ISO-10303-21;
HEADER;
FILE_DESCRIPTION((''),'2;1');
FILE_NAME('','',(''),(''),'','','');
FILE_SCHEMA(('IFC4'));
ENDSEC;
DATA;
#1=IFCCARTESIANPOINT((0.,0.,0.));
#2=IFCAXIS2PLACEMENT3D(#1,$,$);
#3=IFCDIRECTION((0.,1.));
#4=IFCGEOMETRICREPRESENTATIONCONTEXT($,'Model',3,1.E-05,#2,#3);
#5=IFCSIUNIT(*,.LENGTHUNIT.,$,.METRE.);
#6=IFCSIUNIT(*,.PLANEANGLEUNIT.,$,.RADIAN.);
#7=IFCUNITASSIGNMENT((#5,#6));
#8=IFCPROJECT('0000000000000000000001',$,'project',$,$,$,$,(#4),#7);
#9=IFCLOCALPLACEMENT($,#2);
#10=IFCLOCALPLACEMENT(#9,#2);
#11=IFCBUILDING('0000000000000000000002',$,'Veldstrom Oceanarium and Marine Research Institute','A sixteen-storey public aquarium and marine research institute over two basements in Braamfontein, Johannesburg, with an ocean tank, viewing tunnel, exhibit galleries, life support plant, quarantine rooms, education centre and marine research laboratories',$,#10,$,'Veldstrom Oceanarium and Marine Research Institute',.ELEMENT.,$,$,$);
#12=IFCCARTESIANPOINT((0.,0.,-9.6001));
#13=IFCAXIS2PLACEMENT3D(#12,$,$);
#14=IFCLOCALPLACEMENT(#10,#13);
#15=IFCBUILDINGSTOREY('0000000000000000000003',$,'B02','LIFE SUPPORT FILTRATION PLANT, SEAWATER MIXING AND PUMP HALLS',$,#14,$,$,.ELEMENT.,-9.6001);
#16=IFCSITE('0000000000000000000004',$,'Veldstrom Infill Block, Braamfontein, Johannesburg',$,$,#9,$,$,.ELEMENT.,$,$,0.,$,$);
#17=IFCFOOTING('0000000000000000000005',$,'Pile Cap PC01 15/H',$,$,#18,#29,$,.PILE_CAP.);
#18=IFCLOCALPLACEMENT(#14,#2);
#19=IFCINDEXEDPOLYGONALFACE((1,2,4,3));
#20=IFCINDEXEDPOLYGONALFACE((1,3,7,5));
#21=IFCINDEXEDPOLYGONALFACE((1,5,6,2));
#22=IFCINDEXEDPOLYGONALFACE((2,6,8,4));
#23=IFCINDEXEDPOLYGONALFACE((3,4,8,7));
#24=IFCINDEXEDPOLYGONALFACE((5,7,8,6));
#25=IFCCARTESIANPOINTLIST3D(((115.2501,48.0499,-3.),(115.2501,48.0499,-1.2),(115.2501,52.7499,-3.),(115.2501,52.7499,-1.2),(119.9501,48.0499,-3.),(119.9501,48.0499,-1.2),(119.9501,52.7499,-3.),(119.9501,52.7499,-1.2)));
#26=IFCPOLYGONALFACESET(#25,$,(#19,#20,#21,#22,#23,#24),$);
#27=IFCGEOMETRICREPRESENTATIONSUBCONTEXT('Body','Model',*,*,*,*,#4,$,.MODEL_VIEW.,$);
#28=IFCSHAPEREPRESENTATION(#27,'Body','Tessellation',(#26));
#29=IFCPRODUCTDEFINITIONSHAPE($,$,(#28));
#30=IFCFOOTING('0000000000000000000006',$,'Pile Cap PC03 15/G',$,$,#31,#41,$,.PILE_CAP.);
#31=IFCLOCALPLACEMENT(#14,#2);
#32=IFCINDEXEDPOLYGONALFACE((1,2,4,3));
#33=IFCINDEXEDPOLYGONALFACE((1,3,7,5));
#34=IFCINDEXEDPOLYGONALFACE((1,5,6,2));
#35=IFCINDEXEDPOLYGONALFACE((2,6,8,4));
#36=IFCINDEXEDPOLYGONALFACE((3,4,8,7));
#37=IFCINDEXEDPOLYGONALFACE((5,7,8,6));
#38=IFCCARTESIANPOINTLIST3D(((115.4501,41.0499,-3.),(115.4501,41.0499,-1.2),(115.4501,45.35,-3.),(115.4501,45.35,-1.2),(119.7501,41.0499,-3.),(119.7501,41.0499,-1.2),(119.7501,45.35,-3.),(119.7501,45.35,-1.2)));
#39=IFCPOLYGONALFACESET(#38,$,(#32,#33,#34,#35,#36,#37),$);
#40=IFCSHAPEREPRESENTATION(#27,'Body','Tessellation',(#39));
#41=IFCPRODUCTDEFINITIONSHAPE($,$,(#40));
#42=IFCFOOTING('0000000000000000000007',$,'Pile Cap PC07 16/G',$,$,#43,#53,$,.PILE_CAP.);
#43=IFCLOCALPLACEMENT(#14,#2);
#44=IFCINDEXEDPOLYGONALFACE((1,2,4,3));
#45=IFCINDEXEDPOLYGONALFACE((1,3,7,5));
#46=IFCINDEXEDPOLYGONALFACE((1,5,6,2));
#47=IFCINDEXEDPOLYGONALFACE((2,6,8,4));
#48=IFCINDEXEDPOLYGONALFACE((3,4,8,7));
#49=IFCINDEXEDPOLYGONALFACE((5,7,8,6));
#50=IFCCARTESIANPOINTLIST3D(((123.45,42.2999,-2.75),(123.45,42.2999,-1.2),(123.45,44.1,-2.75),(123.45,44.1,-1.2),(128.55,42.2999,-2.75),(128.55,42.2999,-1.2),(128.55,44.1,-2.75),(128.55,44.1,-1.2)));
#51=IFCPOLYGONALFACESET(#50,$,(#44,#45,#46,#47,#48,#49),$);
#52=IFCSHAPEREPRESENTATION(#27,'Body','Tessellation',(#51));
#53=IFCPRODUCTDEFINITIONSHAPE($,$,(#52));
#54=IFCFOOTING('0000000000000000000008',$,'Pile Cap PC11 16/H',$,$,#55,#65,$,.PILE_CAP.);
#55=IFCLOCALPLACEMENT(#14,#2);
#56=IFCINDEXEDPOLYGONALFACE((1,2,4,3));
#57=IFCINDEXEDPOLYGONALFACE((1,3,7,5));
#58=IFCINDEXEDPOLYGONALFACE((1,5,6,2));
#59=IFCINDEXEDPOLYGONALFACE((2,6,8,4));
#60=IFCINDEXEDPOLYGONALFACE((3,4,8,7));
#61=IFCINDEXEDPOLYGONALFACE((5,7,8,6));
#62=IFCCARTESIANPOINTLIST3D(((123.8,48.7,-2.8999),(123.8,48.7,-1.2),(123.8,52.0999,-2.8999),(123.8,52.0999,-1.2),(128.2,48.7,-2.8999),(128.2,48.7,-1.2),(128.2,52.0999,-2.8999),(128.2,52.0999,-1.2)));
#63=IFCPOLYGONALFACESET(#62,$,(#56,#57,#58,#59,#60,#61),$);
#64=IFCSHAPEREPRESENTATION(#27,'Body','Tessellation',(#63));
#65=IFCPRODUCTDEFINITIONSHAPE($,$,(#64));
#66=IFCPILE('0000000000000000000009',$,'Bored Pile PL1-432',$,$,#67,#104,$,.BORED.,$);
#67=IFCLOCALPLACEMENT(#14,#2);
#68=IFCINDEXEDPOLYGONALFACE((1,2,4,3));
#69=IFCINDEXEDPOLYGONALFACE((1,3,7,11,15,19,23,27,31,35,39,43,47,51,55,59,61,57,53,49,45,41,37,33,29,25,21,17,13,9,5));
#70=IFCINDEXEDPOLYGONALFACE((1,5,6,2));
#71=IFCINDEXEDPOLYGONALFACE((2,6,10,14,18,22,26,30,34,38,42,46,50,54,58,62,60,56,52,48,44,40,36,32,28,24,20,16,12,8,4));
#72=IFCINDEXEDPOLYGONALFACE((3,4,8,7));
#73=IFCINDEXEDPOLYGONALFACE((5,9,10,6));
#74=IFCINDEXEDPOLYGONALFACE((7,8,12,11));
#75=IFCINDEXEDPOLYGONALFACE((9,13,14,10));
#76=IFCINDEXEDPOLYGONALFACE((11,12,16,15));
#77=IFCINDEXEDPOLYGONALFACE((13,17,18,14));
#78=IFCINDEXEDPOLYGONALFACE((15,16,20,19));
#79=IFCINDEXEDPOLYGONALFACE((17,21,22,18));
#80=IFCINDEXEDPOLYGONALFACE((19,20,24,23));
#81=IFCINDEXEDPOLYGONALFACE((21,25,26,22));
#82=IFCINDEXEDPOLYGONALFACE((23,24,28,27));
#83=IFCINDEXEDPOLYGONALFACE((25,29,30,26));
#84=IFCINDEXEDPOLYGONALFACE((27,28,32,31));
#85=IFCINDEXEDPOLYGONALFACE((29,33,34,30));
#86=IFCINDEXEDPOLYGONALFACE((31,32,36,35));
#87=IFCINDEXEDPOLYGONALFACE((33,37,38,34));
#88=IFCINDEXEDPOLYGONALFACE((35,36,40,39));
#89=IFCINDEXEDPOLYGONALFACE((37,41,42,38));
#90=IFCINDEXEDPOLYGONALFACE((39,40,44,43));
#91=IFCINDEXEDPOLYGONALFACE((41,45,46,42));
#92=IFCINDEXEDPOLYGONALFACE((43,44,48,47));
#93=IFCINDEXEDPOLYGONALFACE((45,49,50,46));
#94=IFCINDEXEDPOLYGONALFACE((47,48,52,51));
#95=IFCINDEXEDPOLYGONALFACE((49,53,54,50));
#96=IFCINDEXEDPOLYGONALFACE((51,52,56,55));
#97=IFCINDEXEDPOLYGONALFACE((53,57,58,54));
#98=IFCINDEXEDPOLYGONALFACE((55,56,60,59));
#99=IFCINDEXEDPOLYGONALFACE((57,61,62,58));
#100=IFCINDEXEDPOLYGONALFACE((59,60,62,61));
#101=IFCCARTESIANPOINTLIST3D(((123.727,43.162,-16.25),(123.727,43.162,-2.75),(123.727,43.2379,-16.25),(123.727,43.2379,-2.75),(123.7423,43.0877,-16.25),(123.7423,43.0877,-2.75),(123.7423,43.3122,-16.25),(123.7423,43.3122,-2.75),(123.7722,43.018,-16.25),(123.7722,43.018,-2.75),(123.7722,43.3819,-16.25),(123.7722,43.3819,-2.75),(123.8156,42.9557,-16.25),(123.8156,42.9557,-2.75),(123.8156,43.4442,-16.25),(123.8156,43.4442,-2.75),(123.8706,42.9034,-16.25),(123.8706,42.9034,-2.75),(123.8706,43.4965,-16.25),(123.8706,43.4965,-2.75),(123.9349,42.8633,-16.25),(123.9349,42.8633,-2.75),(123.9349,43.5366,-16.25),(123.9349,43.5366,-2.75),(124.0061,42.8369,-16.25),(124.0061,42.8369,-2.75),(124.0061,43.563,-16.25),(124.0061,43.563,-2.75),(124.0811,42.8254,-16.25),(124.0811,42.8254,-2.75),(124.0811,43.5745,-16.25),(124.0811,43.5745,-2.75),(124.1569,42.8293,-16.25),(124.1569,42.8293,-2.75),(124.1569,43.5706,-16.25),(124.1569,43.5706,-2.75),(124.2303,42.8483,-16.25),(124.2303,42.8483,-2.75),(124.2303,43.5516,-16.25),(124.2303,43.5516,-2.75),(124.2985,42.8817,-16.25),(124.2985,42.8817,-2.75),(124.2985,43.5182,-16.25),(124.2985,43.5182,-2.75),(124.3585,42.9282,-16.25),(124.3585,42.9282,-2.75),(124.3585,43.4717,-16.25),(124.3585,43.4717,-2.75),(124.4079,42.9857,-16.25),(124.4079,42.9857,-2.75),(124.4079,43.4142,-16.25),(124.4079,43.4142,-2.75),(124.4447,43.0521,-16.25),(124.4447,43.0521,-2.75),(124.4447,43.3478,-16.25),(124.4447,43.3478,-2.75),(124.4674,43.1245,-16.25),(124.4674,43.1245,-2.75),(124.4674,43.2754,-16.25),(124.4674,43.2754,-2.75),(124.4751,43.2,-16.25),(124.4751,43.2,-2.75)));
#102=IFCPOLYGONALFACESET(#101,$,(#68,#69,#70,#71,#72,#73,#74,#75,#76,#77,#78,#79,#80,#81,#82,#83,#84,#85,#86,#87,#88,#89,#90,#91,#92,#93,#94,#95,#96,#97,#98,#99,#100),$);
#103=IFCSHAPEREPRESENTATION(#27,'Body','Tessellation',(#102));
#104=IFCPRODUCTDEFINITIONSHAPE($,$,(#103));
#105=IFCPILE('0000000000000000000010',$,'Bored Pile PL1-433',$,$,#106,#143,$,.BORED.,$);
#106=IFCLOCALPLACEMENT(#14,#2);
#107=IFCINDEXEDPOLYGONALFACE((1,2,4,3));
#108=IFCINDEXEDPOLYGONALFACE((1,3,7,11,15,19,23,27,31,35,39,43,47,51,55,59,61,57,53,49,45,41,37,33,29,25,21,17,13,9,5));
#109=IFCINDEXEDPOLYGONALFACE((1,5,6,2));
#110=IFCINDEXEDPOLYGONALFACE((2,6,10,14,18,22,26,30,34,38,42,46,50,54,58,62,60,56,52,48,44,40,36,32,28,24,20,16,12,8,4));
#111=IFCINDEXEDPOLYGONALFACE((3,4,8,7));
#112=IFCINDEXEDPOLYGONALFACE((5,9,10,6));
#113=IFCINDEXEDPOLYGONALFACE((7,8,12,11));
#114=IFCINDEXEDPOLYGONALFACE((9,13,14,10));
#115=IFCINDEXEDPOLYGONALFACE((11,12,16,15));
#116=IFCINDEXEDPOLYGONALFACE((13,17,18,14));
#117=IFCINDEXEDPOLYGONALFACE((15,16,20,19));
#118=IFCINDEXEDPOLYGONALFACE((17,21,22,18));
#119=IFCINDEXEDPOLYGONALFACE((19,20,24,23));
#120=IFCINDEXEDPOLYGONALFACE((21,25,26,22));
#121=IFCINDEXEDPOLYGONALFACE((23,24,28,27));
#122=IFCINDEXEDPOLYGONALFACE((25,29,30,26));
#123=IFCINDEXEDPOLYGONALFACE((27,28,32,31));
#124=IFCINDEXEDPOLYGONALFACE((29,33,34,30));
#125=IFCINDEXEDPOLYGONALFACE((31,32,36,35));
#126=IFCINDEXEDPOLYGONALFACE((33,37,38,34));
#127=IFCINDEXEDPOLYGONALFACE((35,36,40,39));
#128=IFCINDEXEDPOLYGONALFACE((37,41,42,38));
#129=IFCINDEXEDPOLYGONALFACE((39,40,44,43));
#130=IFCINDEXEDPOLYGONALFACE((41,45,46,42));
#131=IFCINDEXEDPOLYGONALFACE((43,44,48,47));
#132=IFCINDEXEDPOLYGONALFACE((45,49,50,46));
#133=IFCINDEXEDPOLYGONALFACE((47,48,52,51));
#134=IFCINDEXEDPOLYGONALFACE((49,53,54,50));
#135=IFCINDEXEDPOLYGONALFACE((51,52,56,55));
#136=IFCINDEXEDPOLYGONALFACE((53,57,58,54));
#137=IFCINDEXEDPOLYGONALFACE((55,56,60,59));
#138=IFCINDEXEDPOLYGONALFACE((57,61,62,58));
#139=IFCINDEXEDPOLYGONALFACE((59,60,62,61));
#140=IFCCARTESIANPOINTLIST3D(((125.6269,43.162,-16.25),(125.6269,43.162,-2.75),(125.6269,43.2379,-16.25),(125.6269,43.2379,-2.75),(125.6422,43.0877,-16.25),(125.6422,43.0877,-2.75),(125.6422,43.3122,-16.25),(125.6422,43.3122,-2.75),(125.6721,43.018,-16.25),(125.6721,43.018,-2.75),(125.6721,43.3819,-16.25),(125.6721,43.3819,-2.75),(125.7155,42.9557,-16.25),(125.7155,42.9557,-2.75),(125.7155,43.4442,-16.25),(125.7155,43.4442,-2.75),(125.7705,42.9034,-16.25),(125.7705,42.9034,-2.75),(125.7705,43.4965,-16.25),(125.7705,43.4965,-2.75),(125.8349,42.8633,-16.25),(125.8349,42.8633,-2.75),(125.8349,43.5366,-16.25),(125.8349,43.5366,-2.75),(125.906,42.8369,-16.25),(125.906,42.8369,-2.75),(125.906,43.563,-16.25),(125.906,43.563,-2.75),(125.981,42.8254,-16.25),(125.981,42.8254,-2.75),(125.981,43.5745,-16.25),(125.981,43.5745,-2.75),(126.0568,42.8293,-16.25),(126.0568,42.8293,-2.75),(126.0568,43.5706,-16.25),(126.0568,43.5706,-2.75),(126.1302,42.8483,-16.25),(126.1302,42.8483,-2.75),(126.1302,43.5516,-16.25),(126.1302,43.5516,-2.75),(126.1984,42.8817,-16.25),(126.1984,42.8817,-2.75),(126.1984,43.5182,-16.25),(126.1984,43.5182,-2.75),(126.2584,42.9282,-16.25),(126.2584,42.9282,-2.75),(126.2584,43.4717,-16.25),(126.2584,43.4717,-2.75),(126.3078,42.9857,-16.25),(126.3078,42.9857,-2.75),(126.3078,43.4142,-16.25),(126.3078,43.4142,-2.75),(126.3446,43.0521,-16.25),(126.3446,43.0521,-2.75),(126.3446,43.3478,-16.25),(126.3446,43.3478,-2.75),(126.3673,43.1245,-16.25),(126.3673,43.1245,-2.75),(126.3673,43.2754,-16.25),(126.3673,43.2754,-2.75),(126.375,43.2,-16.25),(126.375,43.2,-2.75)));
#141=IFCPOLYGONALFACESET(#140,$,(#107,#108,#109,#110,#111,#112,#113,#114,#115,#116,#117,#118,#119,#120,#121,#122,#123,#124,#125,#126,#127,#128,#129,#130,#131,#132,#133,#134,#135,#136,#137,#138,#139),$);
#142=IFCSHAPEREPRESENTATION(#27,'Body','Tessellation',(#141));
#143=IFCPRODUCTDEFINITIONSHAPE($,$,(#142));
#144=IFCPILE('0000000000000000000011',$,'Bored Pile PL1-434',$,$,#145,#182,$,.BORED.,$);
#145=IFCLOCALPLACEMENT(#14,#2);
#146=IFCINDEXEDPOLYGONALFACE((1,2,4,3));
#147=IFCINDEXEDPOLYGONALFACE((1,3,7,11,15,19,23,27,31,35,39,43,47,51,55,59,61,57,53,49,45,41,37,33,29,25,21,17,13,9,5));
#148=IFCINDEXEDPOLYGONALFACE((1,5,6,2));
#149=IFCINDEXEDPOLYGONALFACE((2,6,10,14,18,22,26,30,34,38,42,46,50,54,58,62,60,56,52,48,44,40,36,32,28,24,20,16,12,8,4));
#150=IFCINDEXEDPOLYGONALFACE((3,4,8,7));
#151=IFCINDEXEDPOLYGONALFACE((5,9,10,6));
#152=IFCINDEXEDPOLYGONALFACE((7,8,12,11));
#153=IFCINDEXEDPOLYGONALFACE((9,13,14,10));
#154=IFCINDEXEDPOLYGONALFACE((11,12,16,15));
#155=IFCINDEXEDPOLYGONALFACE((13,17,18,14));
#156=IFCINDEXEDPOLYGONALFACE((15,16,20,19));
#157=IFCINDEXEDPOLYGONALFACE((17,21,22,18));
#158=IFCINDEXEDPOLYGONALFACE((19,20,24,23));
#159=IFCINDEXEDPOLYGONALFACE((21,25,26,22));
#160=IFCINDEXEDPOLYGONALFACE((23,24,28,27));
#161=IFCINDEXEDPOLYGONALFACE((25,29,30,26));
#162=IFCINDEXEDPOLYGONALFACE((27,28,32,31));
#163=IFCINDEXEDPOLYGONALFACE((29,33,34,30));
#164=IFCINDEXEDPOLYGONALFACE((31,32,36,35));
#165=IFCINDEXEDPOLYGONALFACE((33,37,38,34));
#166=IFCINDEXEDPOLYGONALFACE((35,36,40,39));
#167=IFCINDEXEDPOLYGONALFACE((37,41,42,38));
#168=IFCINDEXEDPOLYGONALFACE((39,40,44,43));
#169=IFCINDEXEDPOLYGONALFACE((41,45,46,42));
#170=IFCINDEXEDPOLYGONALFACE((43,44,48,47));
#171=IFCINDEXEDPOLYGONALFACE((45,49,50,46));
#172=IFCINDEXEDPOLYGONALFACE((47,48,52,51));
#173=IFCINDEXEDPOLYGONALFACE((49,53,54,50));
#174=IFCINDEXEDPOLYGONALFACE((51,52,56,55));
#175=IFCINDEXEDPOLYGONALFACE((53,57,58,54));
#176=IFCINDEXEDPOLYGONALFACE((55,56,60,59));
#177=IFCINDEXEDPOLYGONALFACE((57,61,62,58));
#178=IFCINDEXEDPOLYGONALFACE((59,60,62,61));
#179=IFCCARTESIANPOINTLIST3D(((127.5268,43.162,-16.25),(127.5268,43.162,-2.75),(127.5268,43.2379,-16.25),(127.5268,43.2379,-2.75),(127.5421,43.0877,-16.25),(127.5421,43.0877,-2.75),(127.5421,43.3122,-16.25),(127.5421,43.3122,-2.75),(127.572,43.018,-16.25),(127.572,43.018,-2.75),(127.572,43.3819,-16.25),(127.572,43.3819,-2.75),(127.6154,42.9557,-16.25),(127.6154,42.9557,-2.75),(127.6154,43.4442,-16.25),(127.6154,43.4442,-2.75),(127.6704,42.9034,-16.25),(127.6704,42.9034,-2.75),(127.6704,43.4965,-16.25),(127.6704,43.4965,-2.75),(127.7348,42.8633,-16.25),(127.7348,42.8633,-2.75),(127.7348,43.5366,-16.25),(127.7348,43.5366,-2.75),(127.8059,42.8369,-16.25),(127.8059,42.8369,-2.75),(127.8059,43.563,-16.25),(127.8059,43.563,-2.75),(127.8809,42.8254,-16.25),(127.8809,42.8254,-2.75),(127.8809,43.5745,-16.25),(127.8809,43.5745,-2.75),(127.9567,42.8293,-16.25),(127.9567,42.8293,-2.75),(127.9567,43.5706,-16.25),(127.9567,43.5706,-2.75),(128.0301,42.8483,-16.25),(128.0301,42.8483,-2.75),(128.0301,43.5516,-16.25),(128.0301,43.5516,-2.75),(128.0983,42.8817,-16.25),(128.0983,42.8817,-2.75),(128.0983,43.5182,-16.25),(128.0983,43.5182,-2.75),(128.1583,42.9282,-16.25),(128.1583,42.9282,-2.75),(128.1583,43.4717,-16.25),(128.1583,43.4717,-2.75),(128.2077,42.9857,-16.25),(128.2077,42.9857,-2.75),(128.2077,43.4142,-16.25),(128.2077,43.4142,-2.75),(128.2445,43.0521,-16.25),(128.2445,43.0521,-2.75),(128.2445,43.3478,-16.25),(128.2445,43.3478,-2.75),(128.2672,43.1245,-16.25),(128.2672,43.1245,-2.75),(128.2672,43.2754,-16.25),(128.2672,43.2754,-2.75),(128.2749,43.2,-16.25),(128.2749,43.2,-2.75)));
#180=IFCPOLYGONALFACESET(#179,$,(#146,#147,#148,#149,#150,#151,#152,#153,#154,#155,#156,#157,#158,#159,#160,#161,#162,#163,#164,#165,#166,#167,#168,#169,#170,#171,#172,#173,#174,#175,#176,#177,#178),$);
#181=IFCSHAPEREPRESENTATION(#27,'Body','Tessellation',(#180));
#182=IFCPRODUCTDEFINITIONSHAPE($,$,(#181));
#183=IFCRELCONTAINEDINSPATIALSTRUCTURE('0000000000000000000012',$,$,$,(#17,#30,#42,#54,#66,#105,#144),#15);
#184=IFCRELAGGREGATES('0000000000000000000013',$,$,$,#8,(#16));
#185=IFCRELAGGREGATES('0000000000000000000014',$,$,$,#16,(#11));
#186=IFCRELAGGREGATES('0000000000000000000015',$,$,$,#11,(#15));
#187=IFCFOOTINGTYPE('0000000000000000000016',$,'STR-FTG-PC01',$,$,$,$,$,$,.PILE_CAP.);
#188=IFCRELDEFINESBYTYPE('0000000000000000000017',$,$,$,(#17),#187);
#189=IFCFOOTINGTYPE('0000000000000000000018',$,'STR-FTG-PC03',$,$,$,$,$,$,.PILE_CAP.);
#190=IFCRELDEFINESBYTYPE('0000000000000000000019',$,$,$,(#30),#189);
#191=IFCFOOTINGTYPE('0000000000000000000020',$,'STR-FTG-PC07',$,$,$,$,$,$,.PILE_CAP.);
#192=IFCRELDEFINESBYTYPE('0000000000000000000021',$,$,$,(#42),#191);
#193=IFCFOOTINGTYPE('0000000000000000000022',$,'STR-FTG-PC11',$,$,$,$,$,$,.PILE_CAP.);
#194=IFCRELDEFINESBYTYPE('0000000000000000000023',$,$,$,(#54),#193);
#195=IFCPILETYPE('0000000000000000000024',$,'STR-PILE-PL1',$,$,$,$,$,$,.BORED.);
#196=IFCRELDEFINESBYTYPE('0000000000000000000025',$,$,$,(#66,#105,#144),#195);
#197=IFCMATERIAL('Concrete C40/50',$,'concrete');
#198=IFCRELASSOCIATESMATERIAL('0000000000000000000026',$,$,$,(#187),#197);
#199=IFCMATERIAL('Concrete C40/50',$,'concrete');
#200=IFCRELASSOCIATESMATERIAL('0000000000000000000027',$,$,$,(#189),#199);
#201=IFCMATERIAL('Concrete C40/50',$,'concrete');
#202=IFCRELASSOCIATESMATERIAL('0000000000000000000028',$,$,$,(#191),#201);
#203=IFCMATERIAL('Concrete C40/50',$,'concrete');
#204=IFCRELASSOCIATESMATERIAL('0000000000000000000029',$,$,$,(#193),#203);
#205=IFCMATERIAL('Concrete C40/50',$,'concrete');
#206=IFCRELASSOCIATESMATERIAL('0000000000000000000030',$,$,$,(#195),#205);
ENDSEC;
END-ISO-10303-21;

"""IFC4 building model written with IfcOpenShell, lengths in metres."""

from ifc_helpers import new_model, si_unit, direction, frame, origin, origin_2d, place, context, subcontext, project, spatial, rectangle, circle, extrude, material, material_profile, profile_set, type_object, element, save


model = new_model("IFC4")

# Units and contexts
model_context = context("Model", 3, precision=1e-05, world=origin(), true_north=direction((0.0, 1.0)))
body_context = subcontext(model_context, "Body", "Model", "MODEL_VIEW")
ifc_project = project(units=[si_unit("LENGTHUNIT", "METRE"), si_unit("PLANEANGLEUNIT", "RADIAN")], contexts=[model_context])

# Site, building, storey
site_placement = place(None, origin())
site = spatial("IfcSite", under=ifc_project, at=site_placement, Name="Veldstrom Infill Block, Braamfontein, Johannesburg", CompositionType="ELEMENT", RefElevation=0.0)
building_placement = place(site_placement, origin())
building = spatial("IfcBuilding", under=site, at=building_placement, Name="Veldstrom Oceanarium and Marine Research Institute", Description="A sixteen-storey public aquarium and marine research institute over two basements in Braamfontein, Johannesburg, with an ocean tank, viewing tunnel, exhibit galleries, life support plant, quarantine rooms, education centre and marine research laboratories", LongName="Veldstrom Oceanarium and Marine Research Institute", CompositionType="ELEMENT")
storey_placement = place(building_placement, frame((0.0, 0.0, -9.6001)))
storey = spatial("IfcBuildingStorey", under=building, at=storey_placement, Name="B02", Description="LIFE SUPPORT FILTRATION PLANT, SEAWATER MIXING AND PUMP HALLS", CompositionType="ELEMENT", Elevation=-9.6001)

# Footings
ifc_material_1 = material(Name="Concrete C40/50", Category="concrete")
footing_type_1 = type_object("IfcFootingType", Name="STR-FTG-PC01", PredefinedType="PILE_CAP", material=ifc_material_1)
footing_1_placement = place(storey_placement, frame((117.6001, 50.3999, -3.0), z_axis=(0.0, 0.0, 1.0), x_axis=(1.0, 0.0, 0.0)))
element("IfcFooting", 1, at=footing_1_placement, inside=storey, type_object=footing_type_1, Name="Pile Cap PC01 15/H", PredefinedType="PILE_CAP", context=body_context, shape_type="SweptSolid", body=[
    extrude(rectangle(XDim=4.7, YDim=4.7, at=origin_2d()), origin(), (0.0, 0.0, 1.0), 1.8),
])
ifc_material_2 = material(Name="Concrete C40/50", Category="concrete")
footing_type_2 = type_object("IfcFootingType", Name="STR-FTG-PC03", PredefinedType="PILE_CAP", material=ifc_material_2)
footing_2_placement = place(storey_placement, frame((117.6001, 43.2, -3.0), z_axis=(0.0, 0.0, 1.0), x_axis=(1.0, 0.0, 0.0)))
element("IfcFooting", 2, at=footing_2_placement, inside=storey, type_object=footing_type_2, Name="Pile Cap PC03 15/G", PredefinedType="PILE_CAP", context=body_context, shape_type="SweptSolid", body=[
    extrude(rectangle(XDim=4.3, YDim=4.3, at=origin_2d()), origin(), (0.0, 0.0, 1.0), 1.8),
])
ifc_material_3 = material(Name="Concrete C40/50", Category="concrete")
footing_type_3 = type_object("IfcFootingType", Name="STR-FTG-PC07", PredefinedType="PILE_CAP", material=ifc_material_3)
footing_3_placement = place(storey_placement, frame((126.0, 43.2, -2.75), z_axis=(0.0, 0.0, 1.0), x_axis=(1.0, 0.0, 0.0)))
element("IfcFooting", 3, at=footing_3_placement, inside=storey, type_object=footing_type_3, Name="Pile Cap PC07 16/G", PredefinedType="PILE_CAP", context=body_context, shape_type="SweptSolid", body=[
    extrude(rectangle(XDim=5.1001, YDim=1.8, at=origin_2d()), origin(), (0.0, 0.0, 1.0), 1.55),
])
ifc_material_4 = material(Name="Concrete C40/50", Category="concrete")
footing_type_4 = type_object("IfcFootingType", Name="STR-FTG-PC11", PredefinedType="PILE_CAP", material=ifc_material_4)
footing_4_placement = place(storey_placement, frame((126.0, 50.3999, -2.8999), z_axis=(0.0, 0.0, 1.0), x_axis=(1.0, 0.0, 0.0)))
element("IfcFooting", 4, at=footing_4_placement, inside=storey, type_object=footing_type_4, Name="Pile Cap PC11 16/H", PredefinedType="PILE_CAP", context=body_context, shape_type="SweptSolid", body=[
    extrude(rectangle(XDim=4.3999, YDim=3.3999, at=origin_2d()), origin(), (0.0, 0.0, 1.0), 1.7),
])

# Piles
ifc_material_5 = material(Name="Concrete C40/50", Category="concrete")
ifc_material_profile_1 = material_profile(ifc_material_5, circle(Radius=0.375, at=origin_2d()), Name="PILE-D750")
ifc_profile_set_1 = profile_set([ifc_material_profile_1], Name="Concrete C40/50")
pile_type_1 = type_object("IfcPileType", Name="STR-PILE-PL1", PredefinedType="BORED", material=ifc_profile_set_1)
for number, where, z_axis, x_axis, name in (
    (5, (124.1001, 43.2, -2.75), (0.0, 0.0, -1.0), (1.0, 0.0, 0.0), "Bored Pile PL1-432"),
    (6, (126.0, 43.2, -2.75), (0.0, 0.0, -1.0), (1.0, 0.0, 0.0), "Bored Pile PL1-433"),
    (7, (127.8999, 43.2, -2.75), (0.0, 0.0, -1.0), (1.0, 0.0, 0.0), "Bored Pile PL1-434"),
):
    element("IfcPile", number, at=place(storey_placement, frame(where, z_axis=z_axis, x_axis=x_axis)), inside=storey, type_object=pile_type_1, Name=name, PredefinedType="BORED", context=body_context, shape_type="SweptSolid", body=[
        extrude(circle(Radius=0.375, at=origin_2d()), origin(), (0.0, 0.0, 1.0), 13.5),
    ])

save(model, "model.ifc")
